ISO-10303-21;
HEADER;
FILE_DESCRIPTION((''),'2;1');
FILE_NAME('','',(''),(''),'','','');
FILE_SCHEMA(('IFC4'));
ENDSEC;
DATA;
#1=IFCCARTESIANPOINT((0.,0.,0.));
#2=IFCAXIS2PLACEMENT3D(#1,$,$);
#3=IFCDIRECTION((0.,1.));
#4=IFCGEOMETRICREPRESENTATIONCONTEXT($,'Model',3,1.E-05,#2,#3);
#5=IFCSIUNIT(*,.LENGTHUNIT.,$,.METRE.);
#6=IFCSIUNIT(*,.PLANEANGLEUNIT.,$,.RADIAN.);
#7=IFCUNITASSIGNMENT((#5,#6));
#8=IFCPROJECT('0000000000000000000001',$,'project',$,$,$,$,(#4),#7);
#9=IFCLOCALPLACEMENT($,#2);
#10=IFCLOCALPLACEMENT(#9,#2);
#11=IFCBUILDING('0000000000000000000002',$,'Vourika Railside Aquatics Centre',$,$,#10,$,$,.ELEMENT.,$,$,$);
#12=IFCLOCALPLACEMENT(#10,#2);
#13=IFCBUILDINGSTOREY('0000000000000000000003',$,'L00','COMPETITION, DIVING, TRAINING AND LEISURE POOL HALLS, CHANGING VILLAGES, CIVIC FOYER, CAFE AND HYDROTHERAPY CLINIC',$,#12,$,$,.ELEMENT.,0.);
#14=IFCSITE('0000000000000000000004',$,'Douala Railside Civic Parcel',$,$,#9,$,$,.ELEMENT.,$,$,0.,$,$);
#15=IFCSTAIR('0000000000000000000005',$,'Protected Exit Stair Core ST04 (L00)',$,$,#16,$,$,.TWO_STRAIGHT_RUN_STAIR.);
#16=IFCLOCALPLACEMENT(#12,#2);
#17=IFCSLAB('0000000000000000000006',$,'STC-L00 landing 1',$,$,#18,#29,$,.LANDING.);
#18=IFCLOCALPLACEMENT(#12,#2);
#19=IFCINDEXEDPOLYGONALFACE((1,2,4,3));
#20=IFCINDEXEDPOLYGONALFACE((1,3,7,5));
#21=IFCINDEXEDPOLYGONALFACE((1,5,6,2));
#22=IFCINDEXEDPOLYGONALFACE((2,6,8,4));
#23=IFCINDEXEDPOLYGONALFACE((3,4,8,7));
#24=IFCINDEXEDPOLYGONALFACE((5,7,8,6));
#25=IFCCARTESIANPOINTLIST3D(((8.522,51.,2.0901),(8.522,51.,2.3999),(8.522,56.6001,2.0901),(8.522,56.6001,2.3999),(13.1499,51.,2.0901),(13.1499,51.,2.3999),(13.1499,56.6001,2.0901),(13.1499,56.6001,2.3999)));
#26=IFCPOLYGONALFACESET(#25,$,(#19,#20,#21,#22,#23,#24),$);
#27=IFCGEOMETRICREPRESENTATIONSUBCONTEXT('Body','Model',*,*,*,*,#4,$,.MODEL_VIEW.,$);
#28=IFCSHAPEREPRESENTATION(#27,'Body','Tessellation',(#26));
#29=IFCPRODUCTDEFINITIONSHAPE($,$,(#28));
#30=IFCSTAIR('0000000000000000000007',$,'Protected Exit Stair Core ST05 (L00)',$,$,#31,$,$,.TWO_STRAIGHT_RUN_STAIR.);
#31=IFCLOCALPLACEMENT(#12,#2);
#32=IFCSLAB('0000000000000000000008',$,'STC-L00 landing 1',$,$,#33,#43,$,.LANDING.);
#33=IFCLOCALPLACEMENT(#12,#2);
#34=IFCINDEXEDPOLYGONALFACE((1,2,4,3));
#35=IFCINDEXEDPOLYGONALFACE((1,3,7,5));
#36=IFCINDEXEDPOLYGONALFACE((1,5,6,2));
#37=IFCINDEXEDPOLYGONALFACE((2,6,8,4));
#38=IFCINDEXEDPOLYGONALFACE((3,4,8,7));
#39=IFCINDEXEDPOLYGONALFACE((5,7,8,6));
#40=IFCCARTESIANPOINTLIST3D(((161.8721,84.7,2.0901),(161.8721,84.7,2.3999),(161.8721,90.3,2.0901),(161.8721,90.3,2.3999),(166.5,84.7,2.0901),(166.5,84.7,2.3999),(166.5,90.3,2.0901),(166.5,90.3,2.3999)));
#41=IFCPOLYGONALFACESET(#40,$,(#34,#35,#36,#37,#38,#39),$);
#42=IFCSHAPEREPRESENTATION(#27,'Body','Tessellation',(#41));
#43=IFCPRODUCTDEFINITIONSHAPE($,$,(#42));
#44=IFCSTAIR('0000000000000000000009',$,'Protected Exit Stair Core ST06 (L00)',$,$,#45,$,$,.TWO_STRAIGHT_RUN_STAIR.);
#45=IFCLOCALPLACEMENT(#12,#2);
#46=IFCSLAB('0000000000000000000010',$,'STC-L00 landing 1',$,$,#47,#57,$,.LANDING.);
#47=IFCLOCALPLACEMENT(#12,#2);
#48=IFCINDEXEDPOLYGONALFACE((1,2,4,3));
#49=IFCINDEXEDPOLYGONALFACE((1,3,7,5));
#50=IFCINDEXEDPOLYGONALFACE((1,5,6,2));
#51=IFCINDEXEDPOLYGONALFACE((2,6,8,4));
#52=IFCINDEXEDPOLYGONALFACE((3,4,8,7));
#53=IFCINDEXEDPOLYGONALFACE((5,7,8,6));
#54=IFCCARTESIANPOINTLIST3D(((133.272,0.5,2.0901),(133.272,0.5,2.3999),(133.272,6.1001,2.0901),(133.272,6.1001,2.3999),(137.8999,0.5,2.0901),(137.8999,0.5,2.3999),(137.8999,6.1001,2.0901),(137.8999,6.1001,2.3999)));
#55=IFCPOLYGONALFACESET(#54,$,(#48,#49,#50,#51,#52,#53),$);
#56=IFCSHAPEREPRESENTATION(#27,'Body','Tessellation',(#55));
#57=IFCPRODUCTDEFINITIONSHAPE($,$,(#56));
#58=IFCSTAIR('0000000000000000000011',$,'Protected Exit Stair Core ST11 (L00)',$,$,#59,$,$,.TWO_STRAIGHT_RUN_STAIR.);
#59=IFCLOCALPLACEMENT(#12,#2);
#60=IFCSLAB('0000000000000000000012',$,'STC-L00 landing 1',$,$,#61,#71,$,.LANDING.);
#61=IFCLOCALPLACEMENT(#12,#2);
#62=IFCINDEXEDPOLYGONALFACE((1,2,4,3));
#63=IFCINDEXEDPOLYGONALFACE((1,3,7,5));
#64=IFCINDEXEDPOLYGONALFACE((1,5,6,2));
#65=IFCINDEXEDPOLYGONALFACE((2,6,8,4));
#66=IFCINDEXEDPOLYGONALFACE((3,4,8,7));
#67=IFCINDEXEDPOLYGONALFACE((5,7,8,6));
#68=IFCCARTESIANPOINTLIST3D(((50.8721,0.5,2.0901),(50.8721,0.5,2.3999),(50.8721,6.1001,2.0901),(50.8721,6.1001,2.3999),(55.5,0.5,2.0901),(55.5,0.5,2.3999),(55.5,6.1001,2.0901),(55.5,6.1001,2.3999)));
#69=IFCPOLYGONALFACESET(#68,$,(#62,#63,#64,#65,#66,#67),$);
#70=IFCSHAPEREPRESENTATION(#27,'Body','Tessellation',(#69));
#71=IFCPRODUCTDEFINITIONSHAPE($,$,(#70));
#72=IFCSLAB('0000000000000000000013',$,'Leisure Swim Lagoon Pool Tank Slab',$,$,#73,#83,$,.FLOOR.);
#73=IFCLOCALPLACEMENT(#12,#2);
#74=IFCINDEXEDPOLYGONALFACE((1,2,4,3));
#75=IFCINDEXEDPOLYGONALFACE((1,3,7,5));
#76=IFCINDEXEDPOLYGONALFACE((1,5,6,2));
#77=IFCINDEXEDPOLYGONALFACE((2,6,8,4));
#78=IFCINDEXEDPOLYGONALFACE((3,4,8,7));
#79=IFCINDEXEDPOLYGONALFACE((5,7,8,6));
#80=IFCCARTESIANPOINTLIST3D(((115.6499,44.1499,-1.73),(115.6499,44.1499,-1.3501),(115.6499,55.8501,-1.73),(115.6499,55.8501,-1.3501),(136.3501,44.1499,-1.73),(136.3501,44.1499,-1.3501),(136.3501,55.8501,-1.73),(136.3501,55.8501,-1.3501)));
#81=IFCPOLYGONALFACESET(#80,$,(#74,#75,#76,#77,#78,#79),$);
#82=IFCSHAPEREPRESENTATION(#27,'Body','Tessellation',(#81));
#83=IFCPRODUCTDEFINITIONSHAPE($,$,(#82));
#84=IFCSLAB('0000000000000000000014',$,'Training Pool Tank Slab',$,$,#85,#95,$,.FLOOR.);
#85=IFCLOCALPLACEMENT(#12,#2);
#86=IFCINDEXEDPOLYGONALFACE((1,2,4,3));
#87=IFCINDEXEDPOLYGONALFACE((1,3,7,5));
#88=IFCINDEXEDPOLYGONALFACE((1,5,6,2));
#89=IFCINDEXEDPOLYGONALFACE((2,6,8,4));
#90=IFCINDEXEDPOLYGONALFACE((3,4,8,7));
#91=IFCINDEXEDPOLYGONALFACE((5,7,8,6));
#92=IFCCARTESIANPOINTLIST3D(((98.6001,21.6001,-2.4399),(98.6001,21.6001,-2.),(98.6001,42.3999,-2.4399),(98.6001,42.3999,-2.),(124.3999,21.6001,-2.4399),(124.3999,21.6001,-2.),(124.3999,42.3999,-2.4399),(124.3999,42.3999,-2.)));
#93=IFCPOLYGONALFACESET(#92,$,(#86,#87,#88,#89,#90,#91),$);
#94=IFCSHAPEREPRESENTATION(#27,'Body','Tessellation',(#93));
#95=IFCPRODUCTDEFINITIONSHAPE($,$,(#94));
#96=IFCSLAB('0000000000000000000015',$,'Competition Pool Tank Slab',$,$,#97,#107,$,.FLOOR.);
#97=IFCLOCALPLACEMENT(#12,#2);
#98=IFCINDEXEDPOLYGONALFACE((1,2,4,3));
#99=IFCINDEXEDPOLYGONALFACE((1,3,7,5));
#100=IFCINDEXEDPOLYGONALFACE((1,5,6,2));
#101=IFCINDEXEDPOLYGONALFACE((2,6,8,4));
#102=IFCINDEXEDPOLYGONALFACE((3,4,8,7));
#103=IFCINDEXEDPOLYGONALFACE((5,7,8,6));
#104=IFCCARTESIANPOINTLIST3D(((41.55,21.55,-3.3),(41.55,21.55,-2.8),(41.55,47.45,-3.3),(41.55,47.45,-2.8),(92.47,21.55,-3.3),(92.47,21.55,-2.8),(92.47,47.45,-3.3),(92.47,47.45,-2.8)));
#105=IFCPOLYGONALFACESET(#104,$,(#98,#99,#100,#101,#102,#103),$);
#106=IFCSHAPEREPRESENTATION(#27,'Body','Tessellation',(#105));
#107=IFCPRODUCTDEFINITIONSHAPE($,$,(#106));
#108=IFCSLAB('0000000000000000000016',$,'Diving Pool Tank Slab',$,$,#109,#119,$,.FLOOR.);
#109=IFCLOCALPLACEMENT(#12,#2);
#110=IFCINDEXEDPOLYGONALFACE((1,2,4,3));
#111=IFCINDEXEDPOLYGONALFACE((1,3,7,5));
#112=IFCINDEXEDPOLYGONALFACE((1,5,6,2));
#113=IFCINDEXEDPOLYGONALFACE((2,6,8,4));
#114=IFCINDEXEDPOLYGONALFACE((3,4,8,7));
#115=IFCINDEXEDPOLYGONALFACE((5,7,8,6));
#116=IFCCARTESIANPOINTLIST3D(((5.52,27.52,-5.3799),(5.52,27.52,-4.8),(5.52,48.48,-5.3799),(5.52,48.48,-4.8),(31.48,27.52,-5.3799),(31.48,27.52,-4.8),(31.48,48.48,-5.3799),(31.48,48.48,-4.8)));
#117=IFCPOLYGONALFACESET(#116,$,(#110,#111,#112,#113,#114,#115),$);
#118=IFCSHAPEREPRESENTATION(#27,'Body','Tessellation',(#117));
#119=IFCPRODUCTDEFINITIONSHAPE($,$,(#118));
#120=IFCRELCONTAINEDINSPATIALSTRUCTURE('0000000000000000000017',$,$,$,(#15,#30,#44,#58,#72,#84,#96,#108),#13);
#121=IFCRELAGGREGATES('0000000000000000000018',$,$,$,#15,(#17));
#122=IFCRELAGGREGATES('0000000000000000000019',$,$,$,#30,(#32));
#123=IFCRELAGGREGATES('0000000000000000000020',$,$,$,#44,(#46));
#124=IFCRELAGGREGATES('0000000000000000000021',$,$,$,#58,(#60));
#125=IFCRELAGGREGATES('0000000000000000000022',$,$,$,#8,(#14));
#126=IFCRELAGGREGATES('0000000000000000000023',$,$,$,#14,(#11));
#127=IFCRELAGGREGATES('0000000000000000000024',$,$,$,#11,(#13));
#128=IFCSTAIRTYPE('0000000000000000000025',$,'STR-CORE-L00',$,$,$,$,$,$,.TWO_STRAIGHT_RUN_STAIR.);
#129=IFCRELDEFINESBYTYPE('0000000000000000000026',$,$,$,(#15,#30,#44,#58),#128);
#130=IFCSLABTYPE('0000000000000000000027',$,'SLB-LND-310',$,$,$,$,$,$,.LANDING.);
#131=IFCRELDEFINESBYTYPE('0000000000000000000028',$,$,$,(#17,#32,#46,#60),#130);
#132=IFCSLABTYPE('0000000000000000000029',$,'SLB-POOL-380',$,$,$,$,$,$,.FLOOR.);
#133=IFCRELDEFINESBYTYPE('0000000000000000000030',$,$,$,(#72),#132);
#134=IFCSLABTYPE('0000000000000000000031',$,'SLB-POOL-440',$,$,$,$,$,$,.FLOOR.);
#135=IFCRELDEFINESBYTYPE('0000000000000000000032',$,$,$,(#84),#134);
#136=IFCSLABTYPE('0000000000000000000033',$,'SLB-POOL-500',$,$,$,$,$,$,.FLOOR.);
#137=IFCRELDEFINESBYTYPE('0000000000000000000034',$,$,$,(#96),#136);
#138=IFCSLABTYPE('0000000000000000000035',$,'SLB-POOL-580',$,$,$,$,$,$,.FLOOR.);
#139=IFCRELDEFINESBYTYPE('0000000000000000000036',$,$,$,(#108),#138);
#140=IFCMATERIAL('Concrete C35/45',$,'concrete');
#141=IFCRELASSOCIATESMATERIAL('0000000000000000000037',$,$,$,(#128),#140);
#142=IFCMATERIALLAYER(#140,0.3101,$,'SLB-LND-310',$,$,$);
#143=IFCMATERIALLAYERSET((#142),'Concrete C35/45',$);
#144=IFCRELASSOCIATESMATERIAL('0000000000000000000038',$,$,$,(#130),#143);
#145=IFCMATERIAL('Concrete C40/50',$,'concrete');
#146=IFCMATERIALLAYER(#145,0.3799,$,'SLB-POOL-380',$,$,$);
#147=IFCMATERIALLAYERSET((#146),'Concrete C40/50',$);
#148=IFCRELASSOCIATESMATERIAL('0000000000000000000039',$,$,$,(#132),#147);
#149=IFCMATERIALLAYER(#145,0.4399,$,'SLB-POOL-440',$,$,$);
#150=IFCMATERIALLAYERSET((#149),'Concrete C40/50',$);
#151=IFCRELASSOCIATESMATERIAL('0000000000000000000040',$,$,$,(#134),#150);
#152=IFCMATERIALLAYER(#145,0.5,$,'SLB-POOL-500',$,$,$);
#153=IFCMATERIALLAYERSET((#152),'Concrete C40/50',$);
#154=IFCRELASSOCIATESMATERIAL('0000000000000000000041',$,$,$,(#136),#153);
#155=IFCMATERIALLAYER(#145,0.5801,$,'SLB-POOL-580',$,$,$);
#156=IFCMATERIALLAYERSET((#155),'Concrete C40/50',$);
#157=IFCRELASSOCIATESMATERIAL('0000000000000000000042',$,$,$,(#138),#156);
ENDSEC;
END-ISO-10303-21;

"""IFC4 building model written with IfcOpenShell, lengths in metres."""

from ifc_helpers import new_model, si_unit, direction, frame, origin, place, context, subcontext, project, spatial, polyline, outline, extrude, material, layer, layer_set, type_object, element, aggregate, save


model = new_model("IFC4")

# Units and contexts
model_context = context("Model", 3, precision=1e-05, world=origin(), true_north=direction((0.0, 1.0)))
body_context = subcontext(model_context, "Body", "Model", "MODEL_VIEW")
ifc_project = project(units=[si_unit("LENGTHUNIT", "METRE"), si_unit("PLANEANGLEUNIT", "RADIAN")], contexts=[model_context])

# Site, building, storey
site_placement = place(None, origin())
site = spatial("IfcSite", under=ifc_project, at=site_placement, Name="Douala Railside Civic Parcel", CompositionType="ELEMENT", RefElevation=0.0)
building_placement = place(site_placement, origin())
building = spatial("IfcBuilding", under=site, at=building_placement, Name="Vourika Railside Aquatics Centre", CompositionType="ELEMENT")
storey_placement = place(building_placement, origin())
storey = spatial("IfcBuildingStorey", under=building, at=storey_placement, Name="L00", Description="COMPETITION, DIVING, TRAINING AND LEISURE POOL HALLS, CHANGING VILLAGES, CIVIC FOYER, CAFE AND HYDROTHERAPY CLINIC", CompositionType="ELEMENT", Elevation=0.0)

# Shared definitions
ifc_material_1 = material(Name="Concrete C35/45", Category="concrete")
ifc_material_2 = material(Name="Concrete C40/50", Category="concrete")

# Stairs, slabs
stair_type_1 = type_object("IfcStairType", Name="STR-CORE-L00", PredefinedType="TWO_STRAIGHT_RUN_STAIR", material=ifc_material_1)
ifc_layer_1 = layer(ifc_material_1, 0.3101, Name="SLB-LND-310")
ifc_layer_set_1 = layer_set([ifc_layer_1], Name="Concrete C35/45")
slab_type_1 = type_object("IfcSlabType", Name="SLB-LND-310", PredefinedType="LANDING", material=ifc_layer_set_1)
stair_1_placement = place(storey_placement, origin())
stair_1 = element("IfcStair", 1, at=stair_1_placement, inside=storey, type_object=stair_type_1, Name="Protected Exit Stair Core ST04 (L00)", PredefinedType="TWO_STRAIGHT_RUN_STAIR")
slab_1_placement = place(storey_placement, frame((0.0, 0.0, 2.0901)))
slab_1 = element("IfcSlab", 2, at=slab_1_placement, type_object=slab_type_1, Name="STC-L00 landing 1", PredefinedType="LANDING", context=body_context, shape_type="SweptSolid", body=[
    extrude(outline(polyline([(8.522, 51.0), (13.1499, 51.0), (13.1499, 56.6001), (8.522, 56.6001), (8.522, 51.0)])), origin(), (0.0, 0.0, 1.0), 0.3098),
])
aggregate(stair_1, [slab_1])
stair_2_placement = place(storey_placement, origin())
stair_2 = element("IfcStair", 3, at=stair_2_placement, inside=storey, type_object=stair_type_1, Name="Protected Exit Stair Core ST05 (L00)", PredefinedType="TWO_STRAIGHT_RUN_STAIR")
slab_2_placement = place(storey_placement, frame((0.0, 0.0, 2.0901)))
slab_2 = element("IfcSlab", 4, at=slab_2_placement, type_object=slab_type_1, Name="STC-L00 landing 1", PredefinedType="LANDING", context=body_context, shape_type="SweptSolid", body=[
    extrude(outline(polyline([(161.8721, 84.7), (166.5, 84.7), (166.5, 90.3), (161.8721, 90.3), (161.8721, 84.7)])), origin(), (0.0, 0.0, 1.0), 0.3098),
])
aggregate(stair_2, [slab_2])
stair_3_placement = place(storey_placement, origin())
stair_3 = element("IfcStair", 5, at=stair_3_placement, inside=storey, type_object=stair_type_1, Name="Protected Exit Stair Core ST06 (L00)", PredefinedType="TWO_STRAIGHT_RUN_STAIR")
slab_3_placement = place(storey_placement, frame((0.0, 0.0, 2.0901)))
slab_3 = element("IfcSlab", 6, at=slab_3_placement, type_object=slab_type_1, Name="STC-L00 landing 1", PredefinedType="LANDING", context=body_context, shape_type="SweptSolid", body=[
    extrude(outline(polyline([(133.272, 0.5), (137.8999, 0.5), (137.8999, 6.1001), (133.272, 6.1001), (133.272, 0.5)])), origin(), (0.0, 0.0, 1.0), 0.3098),
])
aggregate(stair_3, [slab_3])
stair_4_placement = place(storey_placement, origin())
stair_4 = element("IfcStair", 7, at=stair_4_placement, inside=storey, type_object=stair_type_1, Name="Protected Exit Stair Core ST11 (L00)", PredefinedType="TWO_STRAIGHT_RUN_STAIR")
slab_4_placement = place(storey_placement, frame((0.0, 0.0, 2.0901)))
slab_4 = element("IfcSlab", 8, at=slab_4_placement, type_object=slab_type_1, Name="STC-L00 landing 1", PredefinedType="LANDING", context=body_context, shape_type="SweptSolid", body=[
    extrude(outline(polyline([(50.8721, 0.5), (55.5, 0.5), (55.5, 6.1001), (50.8721, 6.1001), (50.8721, 0.5)])), origin(), (0.0, 0.0, 1.0), 0.3098),
])
aggregate(stair_4, [slab_4])

# Slabs
ifc_layer_2 = layer(ifc_material_2, 0.3799, Name="SLB-POOL-380")
ifc_layer_set_2 = layer_set([ifc_layer_2], Name="Concrete C40/50")
slab_type_2 = type_object("IfcSlabType", Name="SLB-POOL-380", PredefinedType="FLOOR", material=ifc_layer_set_2)
slab_5_placement = place(storey_placement, frame((0.0, 0.0, -1.73)))
element("IfcSlab", 9, at=slab_5_placement, inside=storey, type_object=slab_type_2, Name="Leisure Swim Lagoon Pool Tank Slab", PredefinedType="FLOOR", context=body_context, shape_type="SweptSolid", body=[
    extrude(outline(polyline([(115.6499, 44.1499), (136.3501, 44.1499), (136.3501, 55.8501), (115.6499, 55.8501), (115.6499, 44.1499)])), origin(), (0.0, 0.0, 1.0), 0.3799),
])
ifc_layer_3 = layer(ifc_material_2, 0.4399, Name="SLB-POOL-440")
ifc_layer_set_3 = layer_set([ifc_layer_3], Name="Concrete C40/50")
slab_type_3 = type_object("IfcSlabType", Name="SLB-POOL-440", PredefinedType="FLOOR", material=ifc_layer_set_3)
slab_6_placement = place(storey_placement, frame((0.0, 0.0, -2.4399)))
element("IfcSlab", 10, at=slab_6_placement, inside=storey, type_object=slab_type_3, Name="Training Pool Tank Slab", PredefinedType="FLOOR", context=body_context, shape_type="SweptSolid", body=[
    extrude(outline(polyline([(98.6001, 21.6001), (124.3999, 21.6001), (124.3999, 42.3999), (98.6001, 42.3999), (98.6001, 21.6001)])), origin(), (0.0, 0.0, 1.0), 0.4399),
])
ifc_layer_4 = layer(ifc_material_2, 0.5, Name="SLB-POOL-500")
ifc_layer_set_4 = layer_set([ifc_layer_4], Name="Concrete C40/50")
slab_type_4 = type_object("IfcSlabType", Name="SLB-POOL-500", PredefinedType="FLOOR", material=ifc_layer_set_4)
slab_7_placement = place(storey_placement, frame((0.0, 0.0, -3.3)))
element("IfcSlab", 11, at=slab_7_placement, inside=storey, type_object=slab_type_4, Name="Competition Pool Tank Slab", PredefinedType="FLOOR", context=body_context, shape_type="SweptSolid", body=[
    extrude(outline(polyline([(41.55, 21.55), (92.47, 21.55), (92.47, 47.45), (41.55, 47.45), (41.55, 21.55)])), origin(), (0.0, 0.0, 1.0), 0.5),
])
ifc_layer_5 = layer(ifc_material_2, 0.5801, Name="SLB-POOL-580")
ifc_layer_set_5 = layer_set([ifc_layer_5], Name="Concrete C40/50")
slab_type_5 = type_object("IfcSlabType", Name="SLB-POOL-580", PredefinedType="FLOOR", material=ifc_layer_set_5)
slab_8_placement = place(storey_placement, frame((0.0, 0.0, -5.3799)))
element("IfcSlab", 12, at=slab_8_placement, inside=storey, type_object=slab_type_5, Name="Diving Pool Tank Slab", PredefinedType="FLOOR", context=body_context, shape_type="SweptSolid", body=[
    extrude(outline(polyline([(5.52, 27.52), (31.48, 27.52), (31.48, 48.48), (5.52, 48.48), (5.52, 27.52)])), origin(), (0.0, 0.0, 1.0), 0.5798),
])

save(model, "model.ifc")
